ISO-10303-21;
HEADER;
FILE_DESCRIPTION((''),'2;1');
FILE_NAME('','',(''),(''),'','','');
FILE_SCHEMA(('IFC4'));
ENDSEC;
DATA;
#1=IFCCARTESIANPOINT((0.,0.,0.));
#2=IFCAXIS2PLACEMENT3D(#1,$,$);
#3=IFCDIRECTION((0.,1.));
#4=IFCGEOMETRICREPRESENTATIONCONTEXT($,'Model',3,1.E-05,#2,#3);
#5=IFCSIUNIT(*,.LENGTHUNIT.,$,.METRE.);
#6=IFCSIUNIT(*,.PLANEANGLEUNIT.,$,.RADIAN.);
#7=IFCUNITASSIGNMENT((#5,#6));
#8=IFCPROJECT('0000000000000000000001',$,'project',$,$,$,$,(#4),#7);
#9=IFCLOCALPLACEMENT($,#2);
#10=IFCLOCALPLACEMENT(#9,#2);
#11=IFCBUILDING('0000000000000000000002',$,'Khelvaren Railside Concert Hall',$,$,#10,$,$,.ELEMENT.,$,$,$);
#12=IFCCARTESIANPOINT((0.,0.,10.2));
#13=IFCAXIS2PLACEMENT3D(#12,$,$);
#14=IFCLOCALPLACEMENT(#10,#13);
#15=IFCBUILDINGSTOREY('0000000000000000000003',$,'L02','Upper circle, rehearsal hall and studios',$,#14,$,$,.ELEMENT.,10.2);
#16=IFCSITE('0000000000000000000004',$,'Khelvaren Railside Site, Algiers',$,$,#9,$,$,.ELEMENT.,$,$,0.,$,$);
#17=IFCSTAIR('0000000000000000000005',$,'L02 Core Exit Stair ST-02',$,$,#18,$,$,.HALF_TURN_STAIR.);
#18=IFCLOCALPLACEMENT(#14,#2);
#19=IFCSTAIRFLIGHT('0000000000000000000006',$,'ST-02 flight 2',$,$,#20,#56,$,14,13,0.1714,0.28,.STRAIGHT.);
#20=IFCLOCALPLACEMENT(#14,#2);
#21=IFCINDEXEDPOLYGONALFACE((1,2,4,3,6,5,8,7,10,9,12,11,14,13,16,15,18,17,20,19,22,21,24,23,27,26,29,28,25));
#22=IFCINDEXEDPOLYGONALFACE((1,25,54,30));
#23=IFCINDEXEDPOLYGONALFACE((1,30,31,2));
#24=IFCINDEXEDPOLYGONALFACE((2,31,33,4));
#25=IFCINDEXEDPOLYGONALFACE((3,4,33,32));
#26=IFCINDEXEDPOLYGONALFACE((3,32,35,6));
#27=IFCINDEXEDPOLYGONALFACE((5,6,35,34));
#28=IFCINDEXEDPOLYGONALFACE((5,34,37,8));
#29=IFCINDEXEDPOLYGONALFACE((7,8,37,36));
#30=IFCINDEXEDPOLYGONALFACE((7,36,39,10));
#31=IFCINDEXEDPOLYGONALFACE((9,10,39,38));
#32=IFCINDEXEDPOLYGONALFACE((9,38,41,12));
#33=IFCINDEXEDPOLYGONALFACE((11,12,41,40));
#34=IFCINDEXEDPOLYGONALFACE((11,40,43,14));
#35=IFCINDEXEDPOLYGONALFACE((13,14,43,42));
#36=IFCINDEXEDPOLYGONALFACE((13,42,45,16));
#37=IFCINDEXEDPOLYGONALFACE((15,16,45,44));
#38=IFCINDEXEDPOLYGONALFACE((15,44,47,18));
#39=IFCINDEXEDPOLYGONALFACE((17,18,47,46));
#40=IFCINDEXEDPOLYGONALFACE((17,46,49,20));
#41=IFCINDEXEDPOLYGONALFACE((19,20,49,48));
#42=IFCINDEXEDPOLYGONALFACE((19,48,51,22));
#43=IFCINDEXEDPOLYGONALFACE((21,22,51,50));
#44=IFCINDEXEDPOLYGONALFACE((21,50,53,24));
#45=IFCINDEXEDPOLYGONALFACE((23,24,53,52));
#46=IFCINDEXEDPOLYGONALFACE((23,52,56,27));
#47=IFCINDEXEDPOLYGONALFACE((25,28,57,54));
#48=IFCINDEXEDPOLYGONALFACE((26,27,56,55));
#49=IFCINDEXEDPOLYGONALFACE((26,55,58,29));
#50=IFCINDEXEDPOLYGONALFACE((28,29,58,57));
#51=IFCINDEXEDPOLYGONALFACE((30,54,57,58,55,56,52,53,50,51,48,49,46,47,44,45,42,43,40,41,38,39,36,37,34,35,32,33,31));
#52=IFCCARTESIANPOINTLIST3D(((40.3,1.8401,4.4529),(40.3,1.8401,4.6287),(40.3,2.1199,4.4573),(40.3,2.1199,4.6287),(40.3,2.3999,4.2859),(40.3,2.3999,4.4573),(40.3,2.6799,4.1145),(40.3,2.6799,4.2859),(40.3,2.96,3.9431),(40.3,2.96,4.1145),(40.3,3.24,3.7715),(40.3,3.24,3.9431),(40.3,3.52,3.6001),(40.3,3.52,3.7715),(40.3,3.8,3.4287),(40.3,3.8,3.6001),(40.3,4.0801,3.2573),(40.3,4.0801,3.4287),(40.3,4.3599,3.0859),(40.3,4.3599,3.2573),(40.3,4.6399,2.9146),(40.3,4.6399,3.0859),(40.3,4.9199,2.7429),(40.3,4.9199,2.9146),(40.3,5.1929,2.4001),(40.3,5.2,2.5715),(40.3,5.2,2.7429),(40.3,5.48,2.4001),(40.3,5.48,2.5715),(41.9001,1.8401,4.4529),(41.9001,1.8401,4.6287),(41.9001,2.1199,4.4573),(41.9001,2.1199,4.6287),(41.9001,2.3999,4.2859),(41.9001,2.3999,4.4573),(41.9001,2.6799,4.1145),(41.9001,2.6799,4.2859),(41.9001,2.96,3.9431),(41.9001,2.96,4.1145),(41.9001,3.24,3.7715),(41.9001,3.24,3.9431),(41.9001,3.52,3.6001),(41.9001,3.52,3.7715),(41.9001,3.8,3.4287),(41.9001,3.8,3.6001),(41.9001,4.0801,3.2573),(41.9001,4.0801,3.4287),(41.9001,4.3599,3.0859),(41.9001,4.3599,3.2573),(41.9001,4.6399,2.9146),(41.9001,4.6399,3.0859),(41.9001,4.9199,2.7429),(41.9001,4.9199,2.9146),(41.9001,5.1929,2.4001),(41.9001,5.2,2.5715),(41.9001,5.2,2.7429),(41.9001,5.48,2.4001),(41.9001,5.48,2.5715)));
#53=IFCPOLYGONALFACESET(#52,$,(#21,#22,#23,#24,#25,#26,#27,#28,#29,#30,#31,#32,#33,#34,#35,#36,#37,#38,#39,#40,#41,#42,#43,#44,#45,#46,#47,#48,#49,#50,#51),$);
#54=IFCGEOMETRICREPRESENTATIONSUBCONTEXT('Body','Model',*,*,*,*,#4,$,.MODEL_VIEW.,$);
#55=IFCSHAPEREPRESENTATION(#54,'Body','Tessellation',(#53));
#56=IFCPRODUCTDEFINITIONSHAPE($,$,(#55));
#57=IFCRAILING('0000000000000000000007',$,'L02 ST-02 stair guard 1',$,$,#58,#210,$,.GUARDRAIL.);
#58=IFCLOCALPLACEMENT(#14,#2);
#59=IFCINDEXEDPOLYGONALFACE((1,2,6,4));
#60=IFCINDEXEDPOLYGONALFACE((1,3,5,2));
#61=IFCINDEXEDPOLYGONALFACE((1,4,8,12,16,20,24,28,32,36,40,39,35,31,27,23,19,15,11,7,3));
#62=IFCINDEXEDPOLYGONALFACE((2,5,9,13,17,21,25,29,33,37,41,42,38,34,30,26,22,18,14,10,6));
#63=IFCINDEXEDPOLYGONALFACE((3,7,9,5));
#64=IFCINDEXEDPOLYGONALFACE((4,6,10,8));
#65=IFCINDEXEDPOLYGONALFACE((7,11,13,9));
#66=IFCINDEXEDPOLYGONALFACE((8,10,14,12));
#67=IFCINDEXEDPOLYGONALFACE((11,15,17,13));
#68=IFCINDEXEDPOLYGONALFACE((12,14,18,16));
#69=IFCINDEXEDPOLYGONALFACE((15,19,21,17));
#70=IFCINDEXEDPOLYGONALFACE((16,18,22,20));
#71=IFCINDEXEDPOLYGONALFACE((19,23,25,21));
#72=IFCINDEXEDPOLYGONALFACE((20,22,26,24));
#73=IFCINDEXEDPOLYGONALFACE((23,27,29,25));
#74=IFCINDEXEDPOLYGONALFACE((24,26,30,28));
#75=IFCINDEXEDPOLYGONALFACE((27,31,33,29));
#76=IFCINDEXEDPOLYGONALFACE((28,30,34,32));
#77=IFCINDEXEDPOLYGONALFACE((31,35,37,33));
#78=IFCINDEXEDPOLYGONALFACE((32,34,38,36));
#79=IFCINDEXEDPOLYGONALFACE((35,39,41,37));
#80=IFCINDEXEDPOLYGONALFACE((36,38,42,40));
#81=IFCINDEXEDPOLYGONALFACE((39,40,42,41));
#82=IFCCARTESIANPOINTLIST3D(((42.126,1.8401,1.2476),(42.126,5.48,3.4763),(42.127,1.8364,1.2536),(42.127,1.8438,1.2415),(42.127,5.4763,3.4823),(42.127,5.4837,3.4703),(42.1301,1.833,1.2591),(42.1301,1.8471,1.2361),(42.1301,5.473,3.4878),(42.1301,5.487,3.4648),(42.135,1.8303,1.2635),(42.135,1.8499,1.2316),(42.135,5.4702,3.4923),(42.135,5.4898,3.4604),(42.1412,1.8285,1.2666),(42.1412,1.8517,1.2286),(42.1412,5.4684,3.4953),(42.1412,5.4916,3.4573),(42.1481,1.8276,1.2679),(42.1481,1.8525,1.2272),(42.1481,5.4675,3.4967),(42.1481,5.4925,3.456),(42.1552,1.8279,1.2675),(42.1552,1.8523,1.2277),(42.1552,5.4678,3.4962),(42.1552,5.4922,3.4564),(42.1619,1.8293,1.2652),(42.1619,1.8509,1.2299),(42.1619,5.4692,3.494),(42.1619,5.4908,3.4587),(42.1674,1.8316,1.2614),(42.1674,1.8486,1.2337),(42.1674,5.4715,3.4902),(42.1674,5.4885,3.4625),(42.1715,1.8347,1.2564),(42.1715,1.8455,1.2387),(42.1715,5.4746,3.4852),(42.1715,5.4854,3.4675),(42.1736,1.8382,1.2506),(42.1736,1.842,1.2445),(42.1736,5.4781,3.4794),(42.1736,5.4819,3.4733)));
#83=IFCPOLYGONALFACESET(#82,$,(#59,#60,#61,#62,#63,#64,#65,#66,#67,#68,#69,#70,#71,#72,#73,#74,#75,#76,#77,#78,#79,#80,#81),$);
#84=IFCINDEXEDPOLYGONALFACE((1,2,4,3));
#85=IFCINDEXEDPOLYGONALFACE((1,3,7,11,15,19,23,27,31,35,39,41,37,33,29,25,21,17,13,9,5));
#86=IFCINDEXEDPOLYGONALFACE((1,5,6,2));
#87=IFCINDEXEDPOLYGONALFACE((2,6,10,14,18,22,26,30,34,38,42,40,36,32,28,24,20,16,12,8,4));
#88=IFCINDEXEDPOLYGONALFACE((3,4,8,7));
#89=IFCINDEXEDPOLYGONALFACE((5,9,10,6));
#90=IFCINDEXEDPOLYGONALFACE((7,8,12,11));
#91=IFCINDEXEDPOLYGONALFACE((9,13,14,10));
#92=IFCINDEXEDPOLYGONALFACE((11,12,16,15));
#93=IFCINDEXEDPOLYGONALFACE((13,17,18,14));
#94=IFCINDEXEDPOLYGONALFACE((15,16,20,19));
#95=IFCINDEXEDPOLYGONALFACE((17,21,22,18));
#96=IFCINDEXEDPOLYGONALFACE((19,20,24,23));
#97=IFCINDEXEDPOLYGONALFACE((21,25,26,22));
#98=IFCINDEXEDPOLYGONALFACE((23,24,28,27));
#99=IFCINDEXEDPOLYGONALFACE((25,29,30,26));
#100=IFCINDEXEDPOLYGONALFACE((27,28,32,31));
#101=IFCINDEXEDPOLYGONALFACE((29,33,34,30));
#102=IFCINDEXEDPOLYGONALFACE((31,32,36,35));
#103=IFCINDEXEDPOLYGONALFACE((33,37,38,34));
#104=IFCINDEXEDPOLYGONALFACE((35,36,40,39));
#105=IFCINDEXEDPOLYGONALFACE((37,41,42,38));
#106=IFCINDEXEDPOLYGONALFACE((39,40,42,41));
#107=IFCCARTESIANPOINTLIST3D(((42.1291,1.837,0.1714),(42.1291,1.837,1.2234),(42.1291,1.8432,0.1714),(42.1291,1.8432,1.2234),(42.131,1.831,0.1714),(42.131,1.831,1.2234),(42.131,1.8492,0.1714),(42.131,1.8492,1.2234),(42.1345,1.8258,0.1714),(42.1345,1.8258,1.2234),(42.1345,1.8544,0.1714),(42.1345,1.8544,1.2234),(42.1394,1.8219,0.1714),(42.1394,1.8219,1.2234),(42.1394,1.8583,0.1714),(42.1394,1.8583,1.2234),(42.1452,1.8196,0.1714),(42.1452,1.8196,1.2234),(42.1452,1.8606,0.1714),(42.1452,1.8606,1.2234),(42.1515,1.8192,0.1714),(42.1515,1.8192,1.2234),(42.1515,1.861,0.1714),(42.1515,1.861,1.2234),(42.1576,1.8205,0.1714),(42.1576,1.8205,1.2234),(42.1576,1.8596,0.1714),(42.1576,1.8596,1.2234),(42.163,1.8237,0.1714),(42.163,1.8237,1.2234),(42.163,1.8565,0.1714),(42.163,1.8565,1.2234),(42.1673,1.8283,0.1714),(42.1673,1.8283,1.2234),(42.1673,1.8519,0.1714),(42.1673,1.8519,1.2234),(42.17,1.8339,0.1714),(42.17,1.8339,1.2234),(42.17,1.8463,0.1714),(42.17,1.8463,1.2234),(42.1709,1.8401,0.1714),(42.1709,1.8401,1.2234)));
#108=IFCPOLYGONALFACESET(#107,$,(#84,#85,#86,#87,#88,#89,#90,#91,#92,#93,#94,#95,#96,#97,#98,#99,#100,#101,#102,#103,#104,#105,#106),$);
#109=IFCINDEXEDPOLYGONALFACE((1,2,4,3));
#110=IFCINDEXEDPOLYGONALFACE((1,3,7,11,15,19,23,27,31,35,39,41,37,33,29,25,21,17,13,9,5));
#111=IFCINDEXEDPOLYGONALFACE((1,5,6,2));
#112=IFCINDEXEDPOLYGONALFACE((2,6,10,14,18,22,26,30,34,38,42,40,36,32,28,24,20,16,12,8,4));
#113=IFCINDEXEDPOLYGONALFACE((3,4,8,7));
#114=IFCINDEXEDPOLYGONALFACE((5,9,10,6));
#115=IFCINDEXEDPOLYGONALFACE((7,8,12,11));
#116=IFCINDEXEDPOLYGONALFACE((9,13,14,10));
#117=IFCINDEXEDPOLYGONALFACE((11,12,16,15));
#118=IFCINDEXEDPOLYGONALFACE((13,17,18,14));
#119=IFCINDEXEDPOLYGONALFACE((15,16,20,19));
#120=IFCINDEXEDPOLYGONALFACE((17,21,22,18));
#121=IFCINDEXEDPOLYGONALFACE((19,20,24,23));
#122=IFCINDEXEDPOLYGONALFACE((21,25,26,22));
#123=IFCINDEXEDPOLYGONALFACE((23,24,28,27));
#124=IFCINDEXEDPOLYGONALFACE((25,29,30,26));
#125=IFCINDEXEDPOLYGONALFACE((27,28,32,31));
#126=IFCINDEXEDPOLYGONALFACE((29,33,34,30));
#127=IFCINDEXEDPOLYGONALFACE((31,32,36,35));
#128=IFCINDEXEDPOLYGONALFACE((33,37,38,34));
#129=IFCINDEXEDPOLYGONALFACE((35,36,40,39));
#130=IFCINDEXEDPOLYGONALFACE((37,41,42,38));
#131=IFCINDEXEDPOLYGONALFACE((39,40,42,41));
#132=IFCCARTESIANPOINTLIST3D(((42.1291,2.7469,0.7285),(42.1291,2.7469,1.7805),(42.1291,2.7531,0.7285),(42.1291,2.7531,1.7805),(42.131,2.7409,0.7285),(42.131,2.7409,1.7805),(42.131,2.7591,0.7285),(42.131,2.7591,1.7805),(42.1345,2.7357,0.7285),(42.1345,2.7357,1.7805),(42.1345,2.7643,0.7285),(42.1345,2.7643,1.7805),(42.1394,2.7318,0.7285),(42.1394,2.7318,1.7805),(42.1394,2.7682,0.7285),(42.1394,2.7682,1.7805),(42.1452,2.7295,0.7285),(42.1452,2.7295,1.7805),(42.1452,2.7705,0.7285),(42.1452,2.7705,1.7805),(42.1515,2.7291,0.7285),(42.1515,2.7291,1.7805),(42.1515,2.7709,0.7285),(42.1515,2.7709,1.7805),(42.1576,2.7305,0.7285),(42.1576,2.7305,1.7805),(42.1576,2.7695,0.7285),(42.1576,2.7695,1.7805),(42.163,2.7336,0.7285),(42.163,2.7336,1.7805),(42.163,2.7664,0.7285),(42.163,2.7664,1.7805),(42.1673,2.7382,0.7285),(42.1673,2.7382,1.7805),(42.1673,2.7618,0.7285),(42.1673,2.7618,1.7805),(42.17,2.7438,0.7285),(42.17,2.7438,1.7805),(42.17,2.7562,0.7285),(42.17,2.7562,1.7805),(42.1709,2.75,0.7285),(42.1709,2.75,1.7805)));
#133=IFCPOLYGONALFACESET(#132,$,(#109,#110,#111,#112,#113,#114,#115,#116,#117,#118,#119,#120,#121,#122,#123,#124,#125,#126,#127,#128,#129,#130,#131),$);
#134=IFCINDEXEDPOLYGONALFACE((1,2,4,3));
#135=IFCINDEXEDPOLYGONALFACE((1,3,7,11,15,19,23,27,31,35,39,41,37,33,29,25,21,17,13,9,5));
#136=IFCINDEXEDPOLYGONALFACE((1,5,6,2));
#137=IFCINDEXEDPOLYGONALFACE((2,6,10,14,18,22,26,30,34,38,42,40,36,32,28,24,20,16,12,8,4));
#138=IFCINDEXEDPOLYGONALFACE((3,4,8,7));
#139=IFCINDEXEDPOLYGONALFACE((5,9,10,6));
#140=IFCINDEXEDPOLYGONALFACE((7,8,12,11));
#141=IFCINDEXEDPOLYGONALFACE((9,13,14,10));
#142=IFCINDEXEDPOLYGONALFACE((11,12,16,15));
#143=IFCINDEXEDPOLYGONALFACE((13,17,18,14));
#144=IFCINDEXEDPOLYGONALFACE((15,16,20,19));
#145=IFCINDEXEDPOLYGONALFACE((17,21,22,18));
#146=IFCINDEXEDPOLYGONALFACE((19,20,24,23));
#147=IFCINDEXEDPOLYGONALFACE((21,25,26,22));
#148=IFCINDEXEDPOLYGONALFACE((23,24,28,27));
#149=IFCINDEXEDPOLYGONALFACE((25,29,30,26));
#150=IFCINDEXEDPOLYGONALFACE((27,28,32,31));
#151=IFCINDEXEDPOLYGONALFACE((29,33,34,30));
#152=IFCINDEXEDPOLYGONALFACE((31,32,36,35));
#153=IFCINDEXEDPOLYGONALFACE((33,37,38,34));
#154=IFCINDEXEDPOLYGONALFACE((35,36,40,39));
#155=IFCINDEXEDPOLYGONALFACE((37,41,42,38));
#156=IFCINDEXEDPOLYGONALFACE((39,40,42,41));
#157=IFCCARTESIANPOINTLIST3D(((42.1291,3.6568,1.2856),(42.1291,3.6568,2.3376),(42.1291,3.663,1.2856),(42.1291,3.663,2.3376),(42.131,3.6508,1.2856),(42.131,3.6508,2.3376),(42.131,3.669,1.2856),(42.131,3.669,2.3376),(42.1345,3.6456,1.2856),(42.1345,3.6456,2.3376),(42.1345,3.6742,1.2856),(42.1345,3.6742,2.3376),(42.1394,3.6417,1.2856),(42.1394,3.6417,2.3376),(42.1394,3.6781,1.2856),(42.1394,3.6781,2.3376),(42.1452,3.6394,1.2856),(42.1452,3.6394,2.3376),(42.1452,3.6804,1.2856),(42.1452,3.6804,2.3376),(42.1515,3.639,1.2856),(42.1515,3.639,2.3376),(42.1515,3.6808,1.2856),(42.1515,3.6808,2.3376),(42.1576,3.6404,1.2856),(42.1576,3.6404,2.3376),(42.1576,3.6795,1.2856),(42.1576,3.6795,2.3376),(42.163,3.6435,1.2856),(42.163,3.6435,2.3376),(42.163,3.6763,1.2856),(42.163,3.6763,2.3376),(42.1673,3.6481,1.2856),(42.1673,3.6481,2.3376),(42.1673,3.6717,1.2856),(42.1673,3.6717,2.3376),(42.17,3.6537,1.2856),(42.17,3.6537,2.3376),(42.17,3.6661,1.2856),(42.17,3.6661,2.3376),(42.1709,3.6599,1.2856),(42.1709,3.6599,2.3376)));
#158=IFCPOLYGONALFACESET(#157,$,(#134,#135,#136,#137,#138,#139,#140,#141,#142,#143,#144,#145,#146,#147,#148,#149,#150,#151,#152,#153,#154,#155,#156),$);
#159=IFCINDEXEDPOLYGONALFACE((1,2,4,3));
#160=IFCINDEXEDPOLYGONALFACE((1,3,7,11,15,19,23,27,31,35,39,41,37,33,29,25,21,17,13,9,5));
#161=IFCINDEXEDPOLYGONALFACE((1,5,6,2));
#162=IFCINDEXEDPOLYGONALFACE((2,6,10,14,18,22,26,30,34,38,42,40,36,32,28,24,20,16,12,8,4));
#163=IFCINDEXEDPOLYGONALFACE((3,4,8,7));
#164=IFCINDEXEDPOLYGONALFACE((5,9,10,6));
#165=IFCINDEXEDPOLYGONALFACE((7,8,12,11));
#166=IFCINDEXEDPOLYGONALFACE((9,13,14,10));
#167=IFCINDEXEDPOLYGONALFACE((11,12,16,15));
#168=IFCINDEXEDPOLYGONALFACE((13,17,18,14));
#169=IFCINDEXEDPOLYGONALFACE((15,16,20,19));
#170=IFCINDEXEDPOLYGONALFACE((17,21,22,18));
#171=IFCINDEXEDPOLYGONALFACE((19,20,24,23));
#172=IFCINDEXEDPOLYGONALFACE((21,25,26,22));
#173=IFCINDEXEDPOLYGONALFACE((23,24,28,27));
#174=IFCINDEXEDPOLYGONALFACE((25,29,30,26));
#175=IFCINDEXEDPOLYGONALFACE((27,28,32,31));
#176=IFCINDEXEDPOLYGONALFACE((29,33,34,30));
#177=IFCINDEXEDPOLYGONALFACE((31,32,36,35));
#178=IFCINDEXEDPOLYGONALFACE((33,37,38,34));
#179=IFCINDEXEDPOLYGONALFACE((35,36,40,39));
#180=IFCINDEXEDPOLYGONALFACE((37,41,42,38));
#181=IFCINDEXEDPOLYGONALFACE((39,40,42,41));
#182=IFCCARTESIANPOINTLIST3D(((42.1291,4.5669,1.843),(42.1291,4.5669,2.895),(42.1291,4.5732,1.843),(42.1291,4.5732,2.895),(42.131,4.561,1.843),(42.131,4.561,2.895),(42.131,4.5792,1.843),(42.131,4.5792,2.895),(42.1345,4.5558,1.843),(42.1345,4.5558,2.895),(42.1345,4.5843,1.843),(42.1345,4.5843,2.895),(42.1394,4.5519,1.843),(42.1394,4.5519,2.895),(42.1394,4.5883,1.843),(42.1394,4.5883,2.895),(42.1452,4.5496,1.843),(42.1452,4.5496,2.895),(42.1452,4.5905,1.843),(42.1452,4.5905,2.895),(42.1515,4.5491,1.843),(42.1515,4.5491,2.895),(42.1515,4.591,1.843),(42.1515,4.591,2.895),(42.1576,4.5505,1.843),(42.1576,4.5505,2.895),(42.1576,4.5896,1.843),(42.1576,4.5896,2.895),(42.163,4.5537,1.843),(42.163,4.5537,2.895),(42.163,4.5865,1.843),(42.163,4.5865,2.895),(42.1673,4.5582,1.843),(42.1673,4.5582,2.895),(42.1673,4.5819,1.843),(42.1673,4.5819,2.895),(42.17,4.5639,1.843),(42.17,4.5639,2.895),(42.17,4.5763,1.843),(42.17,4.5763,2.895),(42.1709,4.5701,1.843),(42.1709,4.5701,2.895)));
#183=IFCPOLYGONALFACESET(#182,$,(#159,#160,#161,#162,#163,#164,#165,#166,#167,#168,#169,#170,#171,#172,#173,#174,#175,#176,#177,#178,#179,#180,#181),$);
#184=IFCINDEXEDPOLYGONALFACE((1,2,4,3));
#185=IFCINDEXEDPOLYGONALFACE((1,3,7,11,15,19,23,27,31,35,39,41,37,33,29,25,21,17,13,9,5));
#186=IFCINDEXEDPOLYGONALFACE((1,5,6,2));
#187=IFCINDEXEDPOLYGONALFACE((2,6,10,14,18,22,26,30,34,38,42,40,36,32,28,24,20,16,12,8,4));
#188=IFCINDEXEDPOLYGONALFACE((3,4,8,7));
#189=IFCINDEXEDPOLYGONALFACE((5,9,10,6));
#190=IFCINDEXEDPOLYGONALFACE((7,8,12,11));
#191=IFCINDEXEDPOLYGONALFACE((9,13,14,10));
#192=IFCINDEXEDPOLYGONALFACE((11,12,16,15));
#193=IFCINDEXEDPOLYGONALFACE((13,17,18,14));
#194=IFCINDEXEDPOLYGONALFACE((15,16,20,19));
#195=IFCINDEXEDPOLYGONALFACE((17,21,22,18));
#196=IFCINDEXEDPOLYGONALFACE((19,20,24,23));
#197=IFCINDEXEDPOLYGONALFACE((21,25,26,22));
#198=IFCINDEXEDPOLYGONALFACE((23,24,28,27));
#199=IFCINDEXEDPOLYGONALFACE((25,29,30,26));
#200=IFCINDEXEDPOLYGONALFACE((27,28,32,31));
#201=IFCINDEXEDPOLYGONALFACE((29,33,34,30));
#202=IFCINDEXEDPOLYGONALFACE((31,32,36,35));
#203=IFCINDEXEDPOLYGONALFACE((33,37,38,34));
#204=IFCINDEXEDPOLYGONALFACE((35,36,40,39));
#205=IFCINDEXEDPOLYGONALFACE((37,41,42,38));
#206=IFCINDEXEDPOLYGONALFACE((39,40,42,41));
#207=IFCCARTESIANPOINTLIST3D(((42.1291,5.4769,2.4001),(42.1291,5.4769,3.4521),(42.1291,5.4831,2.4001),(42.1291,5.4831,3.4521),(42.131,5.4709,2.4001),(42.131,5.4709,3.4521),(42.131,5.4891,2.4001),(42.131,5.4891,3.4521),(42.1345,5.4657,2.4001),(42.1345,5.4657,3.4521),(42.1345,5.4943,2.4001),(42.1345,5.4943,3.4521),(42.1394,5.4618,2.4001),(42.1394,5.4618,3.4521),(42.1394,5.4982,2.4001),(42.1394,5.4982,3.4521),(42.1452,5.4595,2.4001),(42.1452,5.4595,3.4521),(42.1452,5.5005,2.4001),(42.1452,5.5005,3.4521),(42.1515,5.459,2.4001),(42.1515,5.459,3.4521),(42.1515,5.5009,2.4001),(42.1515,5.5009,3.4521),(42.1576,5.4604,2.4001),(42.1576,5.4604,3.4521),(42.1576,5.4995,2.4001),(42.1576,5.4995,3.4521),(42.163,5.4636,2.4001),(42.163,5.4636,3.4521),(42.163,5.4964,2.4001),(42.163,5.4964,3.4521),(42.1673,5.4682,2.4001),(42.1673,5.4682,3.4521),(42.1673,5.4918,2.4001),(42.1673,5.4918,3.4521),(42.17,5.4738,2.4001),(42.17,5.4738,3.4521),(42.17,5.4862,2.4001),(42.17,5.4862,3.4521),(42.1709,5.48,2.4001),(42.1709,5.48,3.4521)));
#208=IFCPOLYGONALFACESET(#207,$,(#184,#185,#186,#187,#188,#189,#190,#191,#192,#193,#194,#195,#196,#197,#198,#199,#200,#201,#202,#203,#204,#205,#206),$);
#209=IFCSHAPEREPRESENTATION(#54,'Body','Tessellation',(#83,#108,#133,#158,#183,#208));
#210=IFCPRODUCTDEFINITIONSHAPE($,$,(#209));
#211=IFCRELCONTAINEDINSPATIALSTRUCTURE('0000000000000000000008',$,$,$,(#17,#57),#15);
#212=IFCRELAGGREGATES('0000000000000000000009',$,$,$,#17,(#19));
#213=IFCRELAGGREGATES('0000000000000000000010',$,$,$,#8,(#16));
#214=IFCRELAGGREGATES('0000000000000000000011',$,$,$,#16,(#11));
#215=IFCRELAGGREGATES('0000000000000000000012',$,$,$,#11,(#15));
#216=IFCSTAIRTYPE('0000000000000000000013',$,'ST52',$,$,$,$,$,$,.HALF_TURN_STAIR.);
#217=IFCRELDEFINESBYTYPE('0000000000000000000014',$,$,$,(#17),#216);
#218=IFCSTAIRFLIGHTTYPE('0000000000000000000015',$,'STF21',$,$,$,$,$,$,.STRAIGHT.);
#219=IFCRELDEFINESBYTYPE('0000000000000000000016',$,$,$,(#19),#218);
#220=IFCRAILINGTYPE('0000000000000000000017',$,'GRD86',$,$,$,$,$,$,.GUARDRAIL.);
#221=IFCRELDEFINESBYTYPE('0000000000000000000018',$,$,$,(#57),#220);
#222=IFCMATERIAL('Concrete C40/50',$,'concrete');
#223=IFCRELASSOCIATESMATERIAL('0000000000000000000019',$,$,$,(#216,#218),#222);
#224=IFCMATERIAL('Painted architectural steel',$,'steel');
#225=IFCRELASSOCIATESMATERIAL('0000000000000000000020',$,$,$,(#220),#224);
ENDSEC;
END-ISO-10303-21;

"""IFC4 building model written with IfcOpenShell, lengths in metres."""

from ifc_helpers import new_model, si_unit, direction, frame, origin, origin_2d, place, context, subcontext, project, spatial, polyline, circle, outline, extrude, material, type_object, element, aggregate, save


model = new_model("IFC4")

# Units and contexts
model_context = context("Model", 3, precision=1e-05, world=origin(), true_north=direction((0.0, 1.0)))
body_context = subcontext(model_context, "Body", "Model", "MODEL_VIEW")
ifc_project = project(units=[si_unit("LENGTHUNIT", "METRE"), si_unit("PLANEANGLEUNIT", "RADIAN")], contexts=[model_context])

# Site, building, storey
site_placement = place(None, origin())
site = spatial("IfcSite", under=ifc_project, at=site_placement, Name="Khelvaren Railside Site, Algiers", CompositionType="ELEMENT", RefElevation=0.0)
building_placement = place(site_placement, origin())
building = spatial("IfcBuilding", under=site, at=building_placement, Name="Khelvaren Railside Concert Hall", CompositionType="ELEMENT")
storey_placement = place(building_placement, frame((0.0, 0.0, 10.2)))
storey = spatial("IfcBuildingStorey", under=building, at=storey_placement, Name="L02", Description="Upper circle, rehearsal hall and studios", CompositionType="ELEMENT", Elevation=10.2)

# Shared definitions
ifc_material_1 = material(Name="Concrete C40/50", Category="concrete")

# Stair, stair flight
stair_type = type_object("IfcStairType", Name="ST52", PredefinedType="HALF_TURN_STAIR", material=ifc_material_1)
stair_placement = place(storey_placement, origin())
stair = element("IfcStair", 1, at=stair_placement, inside=storey, type_object=stair_type, Name="L02 Core Exit Stair ST-02", PredefinedType="HALF_TURN_STAIR")
stair_flight_type = type_object("IfcStairFlightType", Name="STF21", PredefinedType="STRAIGHT", material=ifc_material_1)
stair_flight_1_placement = place(storey_placement, frame((41.1001, 5.48, 2.4001), z_axis=(0.0, 0.0, 1.0), x_axis=(0.0, -1.0, 0.0)))
stair_flight_1 = element("IfcStairFlight", 2, at=stair_flight_1_placement, type_object=stair_flight_type, Name="ST-02 flight 2", NumberOfRisers=14, NumberOfTreads=13, PredefinedType="STRAIGHT", RiserHeight=0.1714, TreadLength=0.28, context=body_context, shape_type="SweptSolid", body=[
    extrude(outline(polyline([(0.0, 0.0), (0.0, 0.1714), (0.28, 0.1714), (0.28, 0.3428), (0.5601, 0.3428), (0.5601, 0.5144), (0.8401, 0.5144), (0.8401, 0.6858), (1.1201, 0.6858), (1.1201, 0.8572), (1.3999, 0.8572), (1.3999, 1.0286), (1.6799, 1.0286), (1.6799, 1.2), (1.96, 1.2), (1.96, 1.3713), (2.24, 1.3713), (2.24, 1.543), (2.52, 1.543), (2.52, 1.7144), (2.8, 1.7144), (2.8, 1.8857), (3.0801, 1.8857), (3.0801, 2.0571), (3.3601, 2.0571), (3.3601, 2.2285), (3.6399, 2.2285), (3.6399, 2.3999), (3.6399, 2.0527), (0.2871, 0.0), (0.0, 0.0)])), frame((0.0, 0.8, 0.0), z_axis=(0.0, -1.0, 0.0), x_axis=(1.0, 0.0, 0.0)), (0.0, 0.0, 1.0), 1.6001),
])
aggregate(stair, [stair_flight_1])

# Railing
ifc_material_2 = material(Name="Painted architectural steel", Category="steel")
railing_type_1 = type_object("IfcRailingType", Name="GRD86", PredefinedType="GUARDRAIL", material=ifc_material_2)
railing_1_placement = place(storey_placement, frame((42.1499, 1.8401, 0.1714)))
element("IfcRailing", 3, at=railing_1_placement, inside=storey, type_object=railing_type_1, Name="L02 ST-02 stair guard 1", PredefinedType="GUARDRAIL", context=body_context, shape_type="SweptSolid", body=[
    extrude(circle(Radius=0.0239, at=origin_2d()), frame((0.0, 0.0, 1.0762), z_axis=(0.0, 0.852825, 0.522197), x_axis=(-1.0, 0.0, 0.0)), (0.0, 0.0, 1.0), 4.2681),
    extrude(circle(Radius=0.021, at=origin_2d()), origin(), (0.0, 0.0, 1.0), 1.052),
    extrude(circle(Radius=0.021, at=origin_2d()), frame((0.0, 0.9099, 0.5571)), (0.0, 0.0, 1.0), 1.052),
    extrude(circle(Radius=0.021, at=origin_2d()), frame((0.0, 1.8198, 1.1143)), (0.0, 0.0, 1.0), 1.052),
    extrude(circle(Radius=0.021, at=origin_2d()), frame((0.0, 2.73, 1.6716)), (0.0, 0.0, 1.0), 1.052),
    extrude(circle(Radius=0.021, at=origin_2d()), frame((0.0, 3.6399, 2.2288)), (0.0, 0.0, 1.0), 1.052),
])

save(model, "model.ifc")
